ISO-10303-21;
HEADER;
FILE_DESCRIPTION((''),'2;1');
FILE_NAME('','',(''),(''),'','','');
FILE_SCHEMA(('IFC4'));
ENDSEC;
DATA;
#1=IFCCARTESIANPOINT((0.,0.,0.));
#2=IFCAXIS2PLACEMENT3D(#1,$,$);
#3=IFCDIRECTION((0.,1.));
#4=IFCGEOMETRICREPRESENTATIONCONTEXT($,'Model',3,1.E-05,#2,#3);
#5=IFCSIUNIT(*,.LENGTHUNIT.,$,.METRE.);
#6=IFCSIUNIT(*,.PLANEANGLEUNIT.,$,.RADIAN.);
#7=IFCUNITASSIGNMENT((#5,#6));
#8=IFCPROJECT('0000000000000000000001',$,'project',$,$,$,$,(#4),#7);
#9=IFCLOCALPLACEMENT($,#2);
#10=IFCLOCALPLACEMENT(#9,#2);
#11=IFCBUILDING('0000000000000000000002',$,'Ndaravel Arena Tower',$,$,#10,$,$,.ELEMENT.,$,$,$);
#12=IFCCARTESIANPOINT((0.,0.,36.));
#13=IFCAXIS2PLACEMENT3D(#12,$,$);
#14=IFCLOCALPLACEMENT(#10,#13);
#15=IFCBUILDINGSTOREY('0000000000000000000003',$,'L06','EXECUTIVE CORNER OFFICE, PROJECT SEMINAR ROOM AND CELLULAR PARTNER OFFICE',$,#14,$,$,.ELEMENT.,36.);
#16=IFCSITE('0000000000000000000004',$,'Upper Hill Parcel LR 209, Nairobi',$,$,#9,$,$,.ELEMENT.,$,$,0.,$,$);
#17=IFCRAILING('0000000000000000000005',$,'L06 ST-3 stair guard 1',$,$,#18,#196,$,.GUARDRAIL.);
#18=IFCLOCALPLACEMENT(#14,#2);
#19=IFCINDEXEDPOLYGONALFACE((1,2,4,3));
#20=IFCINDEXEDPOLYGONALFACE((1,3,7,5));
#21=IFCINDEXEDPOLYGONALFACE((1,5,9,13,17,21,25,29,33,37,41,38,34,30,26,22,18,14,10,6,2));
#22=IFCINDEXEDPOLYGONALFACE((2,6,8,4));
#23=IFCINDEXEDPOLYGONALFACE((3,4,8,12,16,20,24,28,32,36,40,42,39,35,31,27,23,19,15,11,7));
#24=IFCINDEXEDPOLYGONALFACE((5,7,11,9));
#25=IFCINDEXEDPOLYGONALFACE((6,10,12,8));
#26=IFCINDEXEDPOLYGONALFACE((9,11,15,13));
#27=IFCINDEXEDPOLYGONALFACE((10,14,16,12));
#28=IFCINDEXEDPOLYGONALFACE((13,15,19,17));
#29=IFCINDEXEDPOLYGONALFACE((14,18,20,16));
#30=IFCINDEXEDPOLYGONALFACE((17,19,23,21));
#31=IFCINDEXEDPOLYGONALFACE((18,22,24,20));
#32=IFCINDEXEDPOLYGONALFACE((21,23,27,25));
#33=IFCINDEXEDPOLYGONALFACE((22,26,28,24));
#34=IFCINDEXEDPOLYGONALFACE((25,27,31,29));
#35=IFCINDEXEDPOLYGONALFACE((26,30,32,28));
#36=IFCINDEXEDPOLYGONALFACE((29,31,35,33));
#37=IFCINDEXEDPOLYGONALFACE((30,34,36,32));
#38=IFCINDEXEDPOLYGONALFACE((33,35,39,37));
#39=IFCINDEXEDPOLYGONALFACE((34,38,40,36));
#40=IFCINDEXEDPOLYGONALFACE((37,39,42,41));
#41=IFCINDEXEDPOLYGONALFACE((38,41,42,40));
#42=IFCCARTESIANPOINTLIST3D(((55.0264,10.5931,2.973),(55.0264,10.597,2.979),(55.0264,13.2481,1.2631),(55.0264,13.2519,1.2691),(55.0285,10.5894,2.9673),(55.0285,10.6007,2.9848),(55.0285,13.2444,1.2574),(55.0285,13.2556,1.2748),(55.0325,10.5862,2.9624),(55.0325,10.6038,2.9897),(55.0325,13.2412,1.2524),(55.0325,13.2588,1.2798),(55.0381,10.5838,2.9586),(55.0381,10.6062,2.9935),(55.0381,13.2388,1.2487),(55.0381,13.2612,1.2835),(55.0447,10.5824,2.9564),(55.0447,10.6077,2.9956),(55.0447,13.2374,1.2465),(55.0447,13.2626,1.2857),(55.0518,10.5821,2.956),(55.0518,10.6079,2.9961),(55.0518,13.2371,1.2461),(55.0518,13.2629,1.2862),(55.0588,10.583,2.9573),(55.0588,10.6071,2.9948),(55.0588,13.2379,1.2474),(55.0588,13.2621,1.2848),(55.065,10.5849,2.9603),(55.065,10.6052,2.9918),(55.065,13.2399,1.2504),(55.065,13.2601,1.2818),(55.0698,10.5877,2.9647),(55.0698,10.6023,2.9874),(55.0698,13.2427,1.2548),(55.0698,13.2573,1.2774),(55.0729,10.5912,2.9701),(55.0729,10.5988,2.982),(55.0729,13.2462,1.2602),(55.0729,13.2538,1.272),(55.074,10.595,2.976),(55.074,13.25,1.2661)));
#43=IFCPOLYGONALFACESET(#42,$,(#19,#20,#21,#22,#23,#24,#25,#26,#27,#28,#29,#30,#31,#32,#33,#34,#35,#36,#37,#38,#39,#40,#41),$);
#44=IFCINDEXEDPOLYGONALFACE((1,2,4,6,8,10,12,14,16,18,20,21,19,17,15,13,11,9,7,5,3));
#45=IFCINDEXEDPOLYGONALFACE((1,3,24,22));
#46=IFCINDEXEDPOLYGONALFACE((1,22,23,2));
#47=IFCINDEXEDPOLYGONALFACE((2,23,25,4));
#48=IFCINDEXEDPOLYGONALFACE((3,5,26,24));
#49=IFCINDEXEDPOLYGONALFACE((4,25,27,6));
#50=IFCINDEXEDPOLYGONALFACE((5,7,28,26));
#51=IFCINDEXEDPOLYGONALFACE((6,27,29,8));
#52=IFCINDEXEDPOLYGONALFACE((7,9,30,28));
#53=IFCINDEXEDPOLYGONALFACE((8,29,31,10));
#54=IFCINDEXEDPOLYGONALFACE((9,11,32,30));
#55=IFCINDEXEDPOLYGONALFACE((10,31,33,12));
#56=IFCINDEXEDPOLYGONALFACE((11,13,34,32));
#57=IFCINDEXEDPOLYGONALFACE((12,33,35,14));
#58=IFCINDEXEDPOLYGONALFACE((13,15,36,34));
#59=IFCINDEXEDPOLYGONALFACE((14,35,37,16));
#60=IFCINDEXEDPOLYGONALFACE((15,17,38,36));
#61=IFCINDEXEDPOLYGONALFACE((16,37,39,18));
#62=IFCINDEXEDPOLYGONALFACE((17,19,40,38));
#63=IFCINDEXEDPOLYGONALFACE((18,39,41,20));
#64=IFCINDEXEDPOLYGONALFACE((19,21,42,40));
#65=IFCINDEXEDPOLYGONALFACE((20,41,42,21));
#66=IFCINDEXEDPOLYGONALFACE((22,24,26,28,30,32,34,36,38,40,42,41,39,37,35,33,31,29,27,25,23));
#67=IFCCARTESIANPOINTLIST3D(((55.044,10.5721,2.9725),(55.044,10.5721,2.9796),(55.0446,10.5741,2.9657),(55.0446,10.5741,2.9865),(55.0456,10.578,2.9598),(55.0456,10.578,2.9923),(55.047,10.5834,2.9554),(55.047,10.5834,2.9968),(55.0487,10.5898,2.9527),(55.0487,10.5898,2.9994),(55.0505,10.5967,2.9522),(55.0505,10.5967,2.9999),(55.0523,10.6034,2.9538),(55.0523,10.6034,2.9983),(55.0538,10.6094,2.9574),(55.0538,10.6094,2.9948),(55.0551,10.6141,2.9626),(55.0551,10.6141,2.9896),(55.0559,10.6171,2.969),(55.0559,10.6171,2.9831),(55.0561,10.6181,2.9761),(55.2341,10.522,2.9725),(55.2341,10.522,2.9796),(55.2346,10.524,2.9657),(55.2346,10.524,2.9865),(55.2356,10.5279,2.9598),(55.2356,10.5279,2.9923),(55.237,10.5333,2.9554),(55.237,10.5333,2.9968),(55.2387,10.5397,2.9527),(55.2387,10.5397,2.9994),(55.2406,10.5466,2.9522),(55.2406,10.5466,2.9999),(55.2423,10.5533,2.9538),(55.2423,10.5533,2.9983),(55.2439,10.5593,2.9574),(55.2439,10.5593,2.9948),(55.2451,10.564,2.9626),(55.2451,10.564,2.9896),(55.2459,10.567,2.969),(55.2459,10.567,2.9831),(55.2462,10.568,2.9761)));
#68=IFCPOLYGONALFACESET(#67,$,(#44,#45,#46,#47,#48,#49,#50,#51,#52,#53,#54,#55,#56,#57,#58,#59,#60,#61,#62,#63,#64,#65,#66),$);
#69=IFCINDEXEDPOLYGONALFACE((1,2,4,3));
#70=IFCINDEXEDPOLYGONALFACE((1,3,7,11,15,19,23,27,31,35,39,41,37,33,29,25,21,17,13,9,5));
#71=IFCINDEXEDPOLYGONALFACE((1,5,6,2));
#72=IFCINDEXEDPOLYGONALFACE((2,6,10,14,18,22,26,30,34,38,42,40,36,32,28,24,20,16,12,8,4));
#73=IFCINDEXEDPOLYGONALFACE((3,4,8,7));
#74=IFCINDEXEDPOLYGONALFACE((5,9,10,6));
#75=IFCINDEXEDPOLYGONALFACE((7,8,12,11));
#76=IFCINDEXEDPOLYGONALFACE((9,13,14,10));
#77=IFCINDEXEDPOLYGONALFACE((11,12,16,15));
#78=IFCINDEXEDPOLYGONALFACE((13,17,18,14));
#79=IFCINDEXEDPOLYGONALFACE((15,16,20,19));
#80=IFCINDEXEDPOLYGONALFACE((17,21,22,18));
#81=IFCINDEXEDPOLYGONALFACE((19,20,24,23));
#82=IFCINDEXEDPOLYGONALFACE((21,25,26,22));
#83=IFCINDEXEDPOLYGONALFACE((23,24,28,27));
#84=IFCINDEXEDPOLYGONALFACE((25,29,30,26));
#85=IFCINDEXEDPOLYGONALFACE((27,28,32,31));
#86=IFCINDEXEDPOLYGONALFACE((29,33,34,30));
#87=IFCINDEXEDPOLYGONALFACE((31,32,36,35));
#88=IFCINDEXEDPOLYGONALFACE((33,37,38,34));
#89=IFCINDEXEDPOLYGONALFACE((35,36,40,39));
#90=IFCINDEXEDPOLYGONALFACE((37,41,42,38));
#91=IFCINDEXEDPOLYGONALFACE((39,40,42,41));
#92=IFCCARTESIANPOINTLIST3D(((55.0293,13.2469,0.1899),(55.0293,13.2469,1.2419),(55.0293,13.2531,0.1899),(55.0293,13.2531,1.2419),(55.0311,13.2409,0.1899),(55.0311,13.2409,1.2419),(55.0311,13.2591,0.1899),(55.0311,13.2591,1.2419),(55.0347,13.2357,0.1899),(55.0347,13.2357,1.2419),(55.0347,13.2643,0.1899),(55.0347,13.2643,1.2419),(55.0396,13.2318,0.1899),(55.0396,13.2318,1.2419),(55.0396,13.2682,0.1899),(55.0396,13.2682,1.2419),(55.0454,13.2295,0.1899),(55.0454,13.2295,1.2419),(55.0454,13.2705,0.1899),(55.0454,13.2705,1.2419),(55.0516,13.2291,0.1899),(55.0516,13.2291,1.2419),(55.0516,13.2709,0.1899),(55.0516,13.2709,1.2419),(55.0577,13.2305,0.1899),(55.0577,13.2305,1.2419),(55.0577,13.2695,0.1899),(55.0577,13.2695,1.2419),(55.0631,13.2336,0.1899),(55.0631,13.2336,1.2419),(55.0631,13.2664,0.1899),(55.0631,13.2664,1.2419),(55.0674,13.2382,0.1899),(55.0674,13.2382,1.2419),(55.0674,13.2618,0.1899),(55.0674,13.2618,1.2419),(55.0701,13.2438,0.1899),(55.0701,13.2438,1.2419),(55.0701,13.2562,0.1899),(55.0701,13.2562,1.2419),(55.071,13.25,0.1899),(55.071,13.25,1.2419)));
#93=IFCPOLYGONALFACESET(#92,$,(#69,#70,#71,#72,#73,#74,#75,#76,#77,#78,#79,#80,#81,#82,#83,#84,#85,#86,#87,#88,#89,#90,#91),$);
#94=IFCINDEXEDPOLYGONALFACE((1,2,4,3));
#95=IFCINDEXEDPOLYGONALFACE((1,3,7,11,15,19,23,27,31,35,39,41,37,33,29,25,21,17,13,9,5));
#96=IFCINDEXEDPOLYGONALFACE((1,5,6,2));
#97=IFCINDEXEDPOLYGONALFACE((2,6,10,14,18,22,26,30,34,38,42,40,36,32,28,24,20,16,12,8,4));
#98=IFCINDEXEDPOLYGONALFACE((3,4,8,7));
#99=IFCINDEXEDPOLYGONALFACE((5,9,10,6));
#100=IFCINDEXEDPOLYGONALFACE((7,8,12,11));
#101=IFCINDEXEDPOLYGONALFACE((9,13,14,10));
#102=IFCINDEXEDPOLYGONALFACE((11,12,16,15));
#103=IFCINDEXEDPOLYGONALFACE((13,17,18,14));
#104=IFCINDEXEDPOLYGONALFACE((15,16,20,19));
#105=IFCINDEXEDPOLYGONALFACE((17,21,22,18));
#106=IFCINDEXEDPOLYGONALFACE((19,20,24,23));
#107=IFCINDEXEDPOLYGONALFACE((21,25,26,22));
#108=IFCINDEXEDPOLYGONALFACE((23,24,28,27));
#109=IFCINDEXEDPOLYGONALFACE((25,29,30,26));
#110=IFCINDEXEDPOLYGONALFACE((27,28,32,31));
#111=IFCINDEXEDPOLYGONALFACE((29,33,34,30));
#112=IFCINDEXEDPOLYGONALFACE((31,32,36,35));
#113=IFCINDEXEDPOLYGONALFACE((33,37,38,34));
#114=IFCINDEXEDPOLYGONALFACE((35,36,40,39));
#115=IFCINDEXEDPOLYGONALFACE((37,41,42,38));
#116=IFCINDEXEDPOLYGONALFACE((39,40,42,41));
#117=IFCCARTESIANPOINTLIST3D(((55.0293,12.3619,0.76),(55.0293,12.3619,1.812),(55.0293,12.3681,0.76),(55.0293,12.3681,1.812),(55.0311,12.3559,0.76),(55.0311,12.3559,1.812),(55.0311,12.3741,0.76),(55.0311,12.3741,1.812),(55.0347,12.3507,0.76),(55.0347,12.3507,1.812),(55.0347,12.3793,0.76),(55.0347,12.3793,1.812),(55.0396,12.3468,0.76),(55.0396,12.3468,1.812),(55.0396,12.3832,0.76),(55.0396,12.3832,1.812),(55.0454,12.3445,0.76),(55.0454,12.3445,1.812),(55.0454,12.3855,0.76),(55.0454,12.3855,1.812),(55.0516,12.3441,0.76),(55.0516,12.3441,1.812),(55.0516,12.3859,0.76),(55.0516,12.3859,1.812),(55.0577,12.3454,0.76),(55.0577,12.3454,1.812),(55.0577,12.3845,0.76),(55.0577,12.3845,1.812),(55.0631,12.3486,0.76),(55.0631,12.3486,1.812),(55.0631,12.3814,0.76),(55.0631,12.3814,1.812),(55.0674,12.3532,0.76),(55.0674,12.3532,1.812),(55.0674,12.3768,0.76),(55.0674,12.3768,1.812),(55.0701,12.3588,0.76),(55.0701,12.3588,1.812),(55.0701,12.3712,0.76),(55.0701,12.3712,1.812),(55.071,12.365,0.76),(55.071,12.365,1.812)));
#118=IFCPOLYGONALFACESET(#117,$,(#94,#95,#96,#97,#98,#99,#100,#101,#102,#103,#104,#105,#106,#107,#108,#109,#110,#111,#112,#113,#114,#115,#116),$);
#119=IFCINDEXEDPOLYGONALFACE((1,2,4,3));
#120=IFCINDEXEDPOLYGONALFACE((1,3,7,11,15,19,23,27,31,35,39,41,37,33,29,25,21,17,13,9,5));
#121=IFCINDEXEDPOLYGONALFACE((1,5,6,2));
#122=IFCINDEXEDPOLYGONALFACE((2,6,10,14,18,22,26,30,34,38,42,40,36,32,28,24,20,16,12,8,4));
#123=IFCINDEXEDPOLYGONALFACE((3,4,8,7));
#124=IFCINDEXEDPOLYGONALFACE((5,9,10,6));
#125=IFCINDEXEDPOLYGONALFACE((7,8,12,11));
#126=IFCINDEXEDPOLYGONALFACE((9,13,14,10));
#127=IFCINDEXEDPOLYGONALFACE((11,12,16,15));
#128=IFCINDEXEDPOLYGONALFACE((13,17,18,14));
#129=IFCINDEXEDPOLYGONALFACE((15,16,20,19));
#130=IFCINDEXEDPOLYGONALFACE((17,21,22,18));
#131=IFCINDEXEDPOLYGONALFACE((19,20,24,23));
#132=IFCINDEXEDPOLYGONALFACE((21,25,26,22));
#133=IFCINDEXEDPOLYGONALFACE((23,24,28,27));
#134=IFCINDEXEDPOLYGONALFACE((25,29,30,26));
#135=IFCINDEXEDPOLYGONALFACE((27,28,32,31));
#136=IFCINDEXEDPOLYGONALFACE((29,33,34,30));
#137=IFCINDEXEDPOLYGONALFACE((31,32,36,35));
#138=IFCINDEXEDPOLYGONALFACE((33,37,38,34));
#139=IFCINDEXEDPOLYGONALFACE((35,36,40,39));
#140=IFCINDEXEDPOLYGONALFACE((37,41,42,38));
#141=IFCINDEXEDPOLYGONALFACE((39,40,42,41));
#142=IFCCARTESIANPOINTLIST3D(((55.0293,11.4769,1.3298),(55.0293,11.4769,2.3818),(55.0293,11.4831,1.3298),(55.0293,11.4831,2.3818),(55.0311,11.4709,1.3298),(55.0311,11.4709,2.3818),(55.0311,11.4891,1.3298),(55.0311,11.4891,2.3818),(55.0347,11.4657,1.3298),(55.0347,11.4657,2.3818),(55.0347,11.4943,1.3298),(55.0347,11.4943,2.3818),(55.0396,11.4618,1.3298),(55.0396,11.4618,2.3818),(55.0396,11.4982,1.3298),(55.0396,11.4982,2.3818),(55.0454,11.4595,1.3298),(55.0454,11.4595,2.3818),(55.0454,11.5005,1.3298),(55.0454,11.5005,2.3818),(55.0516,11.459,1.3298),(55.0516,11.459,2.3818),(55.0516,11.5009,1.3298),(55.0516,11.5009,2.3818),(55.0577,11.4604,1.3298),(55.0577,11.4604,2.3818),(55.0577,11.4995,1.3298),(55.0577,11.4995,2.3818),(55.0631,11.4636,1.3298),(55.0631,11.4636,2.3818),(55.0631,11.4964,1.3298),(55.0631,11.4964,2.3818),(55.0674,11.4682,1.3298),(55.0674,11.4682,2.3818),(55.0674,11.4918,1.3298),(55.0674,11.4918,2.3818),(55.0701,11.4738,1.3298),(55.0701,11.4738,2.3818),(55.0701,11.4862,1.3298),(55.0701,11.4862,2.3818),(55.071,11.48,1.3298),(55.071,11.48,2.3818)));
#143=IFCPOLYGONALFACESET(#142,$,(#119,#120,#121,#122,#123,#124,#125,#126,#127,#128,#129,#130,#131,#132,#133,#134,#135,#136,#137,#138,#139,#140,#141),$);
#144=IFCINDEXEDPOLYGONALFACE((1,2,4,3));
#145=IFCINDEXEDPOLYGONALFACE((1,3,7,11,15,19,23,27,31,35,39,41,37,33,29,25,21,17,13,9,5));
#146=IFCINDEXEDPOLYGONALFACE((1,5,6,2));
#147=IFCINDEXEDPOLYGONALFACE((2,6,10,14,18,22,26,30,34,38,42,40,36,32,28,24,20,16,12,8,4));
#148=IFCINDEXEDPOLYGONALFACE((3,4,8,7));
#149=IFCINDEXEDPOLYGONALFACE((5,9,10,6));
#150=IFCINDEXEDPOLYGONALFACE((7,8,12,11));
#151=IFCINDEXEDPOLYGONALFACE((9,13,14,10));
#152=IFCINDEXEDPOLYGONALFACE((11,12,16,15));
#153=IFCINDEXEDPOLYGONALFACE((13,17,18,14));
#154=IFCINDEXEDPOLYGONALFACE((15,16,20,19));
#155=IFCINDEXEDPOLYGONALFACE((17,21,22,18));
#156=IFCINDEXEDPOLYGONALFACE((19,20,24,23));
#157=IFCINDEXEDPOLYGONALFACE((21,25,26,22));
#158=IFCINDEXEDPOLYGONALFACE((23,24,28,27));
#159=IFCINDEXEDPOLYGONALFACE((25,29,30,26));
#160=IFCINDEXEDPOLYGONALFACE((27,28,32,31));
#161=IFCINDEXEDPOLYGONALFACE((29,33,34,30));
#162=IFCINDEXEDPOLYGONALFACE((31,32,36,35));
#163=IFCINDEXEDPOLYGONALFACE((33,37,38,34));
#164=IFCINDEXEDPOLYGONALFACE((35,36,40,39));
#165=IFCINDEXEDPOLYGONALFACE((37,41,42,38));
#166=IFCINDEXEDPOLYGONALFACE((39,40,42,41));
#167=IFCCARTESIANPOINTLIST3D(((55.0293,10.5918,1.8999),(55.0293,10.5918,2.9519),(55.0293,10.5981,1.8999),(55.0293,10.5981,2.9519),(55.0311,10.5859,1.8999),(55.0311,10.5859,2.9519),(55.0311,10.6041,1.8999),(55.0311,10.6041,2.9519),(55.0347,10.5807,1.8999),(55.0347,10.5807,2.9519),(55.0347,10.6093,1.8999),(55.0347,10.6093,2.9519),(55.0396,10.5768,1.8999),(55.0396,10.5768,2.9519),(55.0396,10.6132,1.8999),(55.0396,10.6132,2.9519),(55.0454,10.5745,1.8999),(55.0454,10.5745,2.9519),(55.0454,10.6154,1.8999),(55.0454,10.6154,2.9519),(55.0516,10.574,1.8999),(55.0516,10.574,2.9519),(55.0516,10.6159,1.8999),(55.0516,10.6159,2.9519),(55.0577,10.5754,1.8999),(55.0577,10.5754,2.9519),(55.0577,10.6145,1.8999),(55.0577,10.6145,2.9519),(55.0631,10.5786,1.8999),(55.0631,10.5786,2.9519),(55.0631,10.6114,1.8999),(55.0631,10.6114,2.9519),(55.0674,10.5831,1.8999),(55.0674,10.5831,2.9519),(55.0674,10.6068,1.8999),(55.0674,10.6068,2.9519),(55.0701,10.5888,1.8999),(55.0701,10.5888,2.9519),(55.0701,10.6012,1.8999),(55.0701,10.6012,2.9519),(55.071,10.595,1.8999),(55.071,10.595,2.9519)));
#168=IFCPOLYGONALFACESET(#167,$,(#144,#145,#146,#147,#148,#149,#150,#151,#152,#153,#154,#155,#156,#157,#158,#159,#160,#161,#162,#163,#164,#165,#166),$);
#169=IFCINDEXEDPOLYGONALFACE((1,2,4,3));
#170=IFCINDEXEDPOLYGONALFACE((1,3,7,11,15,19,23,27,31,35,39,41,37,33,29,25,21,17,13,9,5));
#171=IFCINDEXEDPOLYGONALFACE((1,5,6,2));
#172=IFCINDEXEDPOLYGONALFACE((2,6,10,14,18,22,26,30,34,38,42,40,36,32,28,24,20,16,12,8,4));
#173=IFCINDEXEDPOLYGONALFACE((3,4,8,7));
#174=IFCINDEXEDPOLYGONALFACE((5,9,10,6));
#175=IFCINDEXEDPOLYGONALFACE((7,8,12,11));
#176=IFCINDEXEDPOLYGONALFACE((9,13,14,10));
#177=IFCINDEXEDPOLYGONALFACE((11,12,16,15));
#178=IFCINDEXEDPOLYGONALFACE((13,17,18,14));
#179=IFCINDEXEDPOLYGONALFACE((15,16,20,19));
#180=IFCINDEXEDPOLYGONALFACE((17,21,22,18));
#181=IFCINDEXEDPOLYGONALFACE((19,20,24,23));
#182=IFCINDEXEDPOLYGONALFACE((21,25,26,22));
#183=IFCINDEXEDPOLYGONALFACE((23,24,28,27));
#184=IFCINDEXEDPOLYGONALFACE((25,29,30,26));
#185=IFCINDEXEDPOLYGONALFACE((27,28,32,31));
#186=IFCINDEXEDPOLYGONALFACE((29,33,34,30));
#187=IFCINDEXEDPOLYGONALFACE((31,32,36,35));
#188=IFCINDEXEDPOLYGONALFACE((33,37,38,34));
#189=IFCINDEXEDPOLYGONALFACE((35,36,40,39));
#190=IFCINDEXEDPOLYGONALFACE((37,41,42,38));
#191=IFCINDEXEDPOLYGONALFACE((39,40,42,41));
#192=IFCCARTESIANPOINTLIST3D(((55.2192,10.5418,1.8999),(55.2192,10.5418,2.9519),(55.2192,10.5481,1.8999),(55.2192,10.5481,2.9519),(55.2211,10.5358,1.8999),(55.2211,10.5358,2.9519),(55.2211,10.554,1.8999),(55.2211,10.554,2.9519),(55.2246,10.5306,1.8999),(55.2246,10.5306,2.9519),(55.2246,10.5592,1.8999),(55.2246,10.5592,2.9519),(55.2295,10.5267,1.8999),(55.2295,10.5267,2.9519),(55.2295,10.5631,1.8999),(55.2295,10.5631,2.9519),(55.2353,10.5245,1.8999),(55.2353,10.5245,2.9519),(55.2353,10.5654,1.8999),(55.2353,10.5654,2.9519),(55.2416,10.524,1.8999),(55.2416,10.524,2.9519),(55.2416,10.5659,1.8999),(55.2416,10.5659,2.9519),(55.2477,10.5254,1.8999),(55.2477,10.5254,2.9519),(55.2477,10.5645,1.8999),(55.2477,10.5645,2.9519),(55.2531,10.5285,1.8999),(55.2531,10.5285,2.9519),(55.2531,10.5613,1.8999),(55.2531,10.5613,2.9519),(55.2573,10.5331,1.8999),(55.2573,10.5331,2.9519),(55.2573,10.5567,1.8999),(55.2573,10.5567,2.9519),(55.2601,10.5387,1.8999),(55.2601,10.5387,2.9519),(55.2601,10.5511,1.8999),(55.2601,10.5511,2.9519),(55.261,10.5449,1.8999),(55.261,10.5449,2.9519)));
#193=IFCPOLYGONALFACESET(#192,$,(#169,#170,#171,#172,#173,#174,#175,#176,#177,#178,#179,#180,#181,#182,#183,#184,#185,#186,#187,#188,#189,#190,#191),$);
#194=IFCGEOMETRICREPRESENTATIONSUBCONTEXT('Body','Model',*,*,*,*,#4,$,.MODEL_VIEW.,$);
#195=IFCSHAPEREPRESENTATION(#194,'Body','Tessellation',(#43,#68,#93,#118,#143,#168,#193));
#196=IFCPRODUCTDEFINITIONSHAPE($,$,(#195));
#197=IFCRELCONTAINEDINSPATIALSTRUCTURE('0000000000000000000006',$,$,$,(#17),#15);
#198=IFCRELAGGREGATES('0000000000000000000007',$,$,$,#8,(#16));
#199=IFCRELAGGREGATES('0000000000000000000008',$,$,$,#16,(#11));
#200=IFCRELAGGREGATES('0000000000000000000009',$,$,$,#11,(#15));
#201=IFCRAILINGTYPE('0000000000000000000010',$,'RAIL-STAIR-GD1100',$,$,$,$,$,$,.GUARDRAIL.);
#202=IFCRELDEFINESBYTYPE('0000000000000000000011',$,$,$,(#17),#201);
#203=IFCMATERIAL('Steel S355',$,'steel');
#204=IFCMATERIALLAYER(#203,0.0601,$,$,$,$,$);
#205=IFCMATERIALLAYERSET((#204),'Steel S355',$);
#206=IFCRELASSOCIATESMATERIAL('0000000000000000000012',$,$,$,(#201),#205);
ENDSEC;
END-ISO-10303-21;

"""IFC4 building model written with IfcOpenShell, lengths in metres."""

from ifc_helpers import new_model, si_unit, direction, frame, origin, origin_2d, place, context, subcontext, project, spatial, circle, extrude, material, layer, layer_set, type_object, element, save


model = new_model("IFC4")

# Units and contexts
model_context = context("Model", 3, precision=1e-05, world=origin(), true_north=direction((0.0, 1.0)))
body_context = subcontext(model_context, "Body", "Model", "MODEL_VIEW")
ifc_project = project(units=[si_unit("LENGTHUNIT", "METRE"), si_unit("PLANEANGLEUNIT", "RADIAN")], contexts=[model_context])

# Site, building, storey
site_placement = place(None, origin())
site = spatial("IfcSite", under=ifc_project, at=site_placement, Name="Upper Hill Parcel LR 209, Nairobi", CompositionType="ELEMENT", RefElevation=0.0)
building_placement = place(site_placement, origin())
building = spatial("IfcBuilding", under=site, at=building_placement, Name="Ndaravel Arena Tower", CompositionType="ELEMENT")
storey_placement = place(building_placement, frame((0.0, 0.0, 36.0)))
storey = spatial("IfcBuildingStorey", under=building, at=storey_placement, Name="L06", Description="EXECUTIVE CORNER OFFICE, PROJECT SEMINAR ROOM AND CELLULAR PARTNER OFFICE", CompositionType="ELEMENT", Elevation=36.0)

# Railing
ifc_material_1 = material(Name="Steel S355", Category="steel")
ifc_layer_1 = layer(ifc_material_1, 0.0601)
ifc_layer_set_1 = layer_set([ifc_layer_1], Name="Steel S355")
railing_type_1 = type_object("IfcRailingType", Name="RAIL-STAIR-GD1100", PredefinedType="GUARDRAIL", material=ifc_layer_set_1)
railing_1_placement = place(storey_placement, frame((55.05, 13.25, 0.1899)))
element("IfcRailing", 1, at=railing_1_placement, inside=storey, type_object=railing_type_1, Name="L06 ST-3 stair guard 1", PredefinedType="GUARDRAIL", context=body_context, shape_type="SweptSolid", body=[
    extrude(circle(Radius=0.0239, at=origin_2d()), frame((0.0, 0.0, 1.0762), z_axis=(0.0, -0.840724, 0.541465), x_axis=(1.0, 0.0, 0.0)), (0.0, 0.0, 1.0), 3.158),
    extrude(circle(Radius=0.0239, at=origin_2d()), frame((0.0, -2.655, 2.7861), z_axis=(0.966994, -0.254799, 0.0), x_axis=(0.254799, 0.966994, 0.0)), (0.0, 0.0, 1.0), 0.1965),
    extrude(circle(Radius=0.021, at=origin_2d()), origin(), (0.0, 0.0, 1.0), 1.052),
    extrude(circle(Radius=0.021, at=origin_2d()), frame((0.0, -0.885, 0.5701)), (0.0, 0.0, 1.0), 1.052),
    extrude(circle(Radius=0.021, at=origin_2d()), frame((0.0, -1.77, 1.1399)), (0.0, 0.0, 1.0), 1.052),
    extrude(circle(Radius=0.021, at=origin_2d()), frame((0.0, -2.655, 1.71)), (0.0, 0.0, 1.0), 1.052),
    extrude(circle(Radius=0.021, at=origin_2d()), frame((0.1899, -2.7051, 1.71)), (0.0, 0.0, 1.0), 1.052),
])

save(model, "model.ifc")
